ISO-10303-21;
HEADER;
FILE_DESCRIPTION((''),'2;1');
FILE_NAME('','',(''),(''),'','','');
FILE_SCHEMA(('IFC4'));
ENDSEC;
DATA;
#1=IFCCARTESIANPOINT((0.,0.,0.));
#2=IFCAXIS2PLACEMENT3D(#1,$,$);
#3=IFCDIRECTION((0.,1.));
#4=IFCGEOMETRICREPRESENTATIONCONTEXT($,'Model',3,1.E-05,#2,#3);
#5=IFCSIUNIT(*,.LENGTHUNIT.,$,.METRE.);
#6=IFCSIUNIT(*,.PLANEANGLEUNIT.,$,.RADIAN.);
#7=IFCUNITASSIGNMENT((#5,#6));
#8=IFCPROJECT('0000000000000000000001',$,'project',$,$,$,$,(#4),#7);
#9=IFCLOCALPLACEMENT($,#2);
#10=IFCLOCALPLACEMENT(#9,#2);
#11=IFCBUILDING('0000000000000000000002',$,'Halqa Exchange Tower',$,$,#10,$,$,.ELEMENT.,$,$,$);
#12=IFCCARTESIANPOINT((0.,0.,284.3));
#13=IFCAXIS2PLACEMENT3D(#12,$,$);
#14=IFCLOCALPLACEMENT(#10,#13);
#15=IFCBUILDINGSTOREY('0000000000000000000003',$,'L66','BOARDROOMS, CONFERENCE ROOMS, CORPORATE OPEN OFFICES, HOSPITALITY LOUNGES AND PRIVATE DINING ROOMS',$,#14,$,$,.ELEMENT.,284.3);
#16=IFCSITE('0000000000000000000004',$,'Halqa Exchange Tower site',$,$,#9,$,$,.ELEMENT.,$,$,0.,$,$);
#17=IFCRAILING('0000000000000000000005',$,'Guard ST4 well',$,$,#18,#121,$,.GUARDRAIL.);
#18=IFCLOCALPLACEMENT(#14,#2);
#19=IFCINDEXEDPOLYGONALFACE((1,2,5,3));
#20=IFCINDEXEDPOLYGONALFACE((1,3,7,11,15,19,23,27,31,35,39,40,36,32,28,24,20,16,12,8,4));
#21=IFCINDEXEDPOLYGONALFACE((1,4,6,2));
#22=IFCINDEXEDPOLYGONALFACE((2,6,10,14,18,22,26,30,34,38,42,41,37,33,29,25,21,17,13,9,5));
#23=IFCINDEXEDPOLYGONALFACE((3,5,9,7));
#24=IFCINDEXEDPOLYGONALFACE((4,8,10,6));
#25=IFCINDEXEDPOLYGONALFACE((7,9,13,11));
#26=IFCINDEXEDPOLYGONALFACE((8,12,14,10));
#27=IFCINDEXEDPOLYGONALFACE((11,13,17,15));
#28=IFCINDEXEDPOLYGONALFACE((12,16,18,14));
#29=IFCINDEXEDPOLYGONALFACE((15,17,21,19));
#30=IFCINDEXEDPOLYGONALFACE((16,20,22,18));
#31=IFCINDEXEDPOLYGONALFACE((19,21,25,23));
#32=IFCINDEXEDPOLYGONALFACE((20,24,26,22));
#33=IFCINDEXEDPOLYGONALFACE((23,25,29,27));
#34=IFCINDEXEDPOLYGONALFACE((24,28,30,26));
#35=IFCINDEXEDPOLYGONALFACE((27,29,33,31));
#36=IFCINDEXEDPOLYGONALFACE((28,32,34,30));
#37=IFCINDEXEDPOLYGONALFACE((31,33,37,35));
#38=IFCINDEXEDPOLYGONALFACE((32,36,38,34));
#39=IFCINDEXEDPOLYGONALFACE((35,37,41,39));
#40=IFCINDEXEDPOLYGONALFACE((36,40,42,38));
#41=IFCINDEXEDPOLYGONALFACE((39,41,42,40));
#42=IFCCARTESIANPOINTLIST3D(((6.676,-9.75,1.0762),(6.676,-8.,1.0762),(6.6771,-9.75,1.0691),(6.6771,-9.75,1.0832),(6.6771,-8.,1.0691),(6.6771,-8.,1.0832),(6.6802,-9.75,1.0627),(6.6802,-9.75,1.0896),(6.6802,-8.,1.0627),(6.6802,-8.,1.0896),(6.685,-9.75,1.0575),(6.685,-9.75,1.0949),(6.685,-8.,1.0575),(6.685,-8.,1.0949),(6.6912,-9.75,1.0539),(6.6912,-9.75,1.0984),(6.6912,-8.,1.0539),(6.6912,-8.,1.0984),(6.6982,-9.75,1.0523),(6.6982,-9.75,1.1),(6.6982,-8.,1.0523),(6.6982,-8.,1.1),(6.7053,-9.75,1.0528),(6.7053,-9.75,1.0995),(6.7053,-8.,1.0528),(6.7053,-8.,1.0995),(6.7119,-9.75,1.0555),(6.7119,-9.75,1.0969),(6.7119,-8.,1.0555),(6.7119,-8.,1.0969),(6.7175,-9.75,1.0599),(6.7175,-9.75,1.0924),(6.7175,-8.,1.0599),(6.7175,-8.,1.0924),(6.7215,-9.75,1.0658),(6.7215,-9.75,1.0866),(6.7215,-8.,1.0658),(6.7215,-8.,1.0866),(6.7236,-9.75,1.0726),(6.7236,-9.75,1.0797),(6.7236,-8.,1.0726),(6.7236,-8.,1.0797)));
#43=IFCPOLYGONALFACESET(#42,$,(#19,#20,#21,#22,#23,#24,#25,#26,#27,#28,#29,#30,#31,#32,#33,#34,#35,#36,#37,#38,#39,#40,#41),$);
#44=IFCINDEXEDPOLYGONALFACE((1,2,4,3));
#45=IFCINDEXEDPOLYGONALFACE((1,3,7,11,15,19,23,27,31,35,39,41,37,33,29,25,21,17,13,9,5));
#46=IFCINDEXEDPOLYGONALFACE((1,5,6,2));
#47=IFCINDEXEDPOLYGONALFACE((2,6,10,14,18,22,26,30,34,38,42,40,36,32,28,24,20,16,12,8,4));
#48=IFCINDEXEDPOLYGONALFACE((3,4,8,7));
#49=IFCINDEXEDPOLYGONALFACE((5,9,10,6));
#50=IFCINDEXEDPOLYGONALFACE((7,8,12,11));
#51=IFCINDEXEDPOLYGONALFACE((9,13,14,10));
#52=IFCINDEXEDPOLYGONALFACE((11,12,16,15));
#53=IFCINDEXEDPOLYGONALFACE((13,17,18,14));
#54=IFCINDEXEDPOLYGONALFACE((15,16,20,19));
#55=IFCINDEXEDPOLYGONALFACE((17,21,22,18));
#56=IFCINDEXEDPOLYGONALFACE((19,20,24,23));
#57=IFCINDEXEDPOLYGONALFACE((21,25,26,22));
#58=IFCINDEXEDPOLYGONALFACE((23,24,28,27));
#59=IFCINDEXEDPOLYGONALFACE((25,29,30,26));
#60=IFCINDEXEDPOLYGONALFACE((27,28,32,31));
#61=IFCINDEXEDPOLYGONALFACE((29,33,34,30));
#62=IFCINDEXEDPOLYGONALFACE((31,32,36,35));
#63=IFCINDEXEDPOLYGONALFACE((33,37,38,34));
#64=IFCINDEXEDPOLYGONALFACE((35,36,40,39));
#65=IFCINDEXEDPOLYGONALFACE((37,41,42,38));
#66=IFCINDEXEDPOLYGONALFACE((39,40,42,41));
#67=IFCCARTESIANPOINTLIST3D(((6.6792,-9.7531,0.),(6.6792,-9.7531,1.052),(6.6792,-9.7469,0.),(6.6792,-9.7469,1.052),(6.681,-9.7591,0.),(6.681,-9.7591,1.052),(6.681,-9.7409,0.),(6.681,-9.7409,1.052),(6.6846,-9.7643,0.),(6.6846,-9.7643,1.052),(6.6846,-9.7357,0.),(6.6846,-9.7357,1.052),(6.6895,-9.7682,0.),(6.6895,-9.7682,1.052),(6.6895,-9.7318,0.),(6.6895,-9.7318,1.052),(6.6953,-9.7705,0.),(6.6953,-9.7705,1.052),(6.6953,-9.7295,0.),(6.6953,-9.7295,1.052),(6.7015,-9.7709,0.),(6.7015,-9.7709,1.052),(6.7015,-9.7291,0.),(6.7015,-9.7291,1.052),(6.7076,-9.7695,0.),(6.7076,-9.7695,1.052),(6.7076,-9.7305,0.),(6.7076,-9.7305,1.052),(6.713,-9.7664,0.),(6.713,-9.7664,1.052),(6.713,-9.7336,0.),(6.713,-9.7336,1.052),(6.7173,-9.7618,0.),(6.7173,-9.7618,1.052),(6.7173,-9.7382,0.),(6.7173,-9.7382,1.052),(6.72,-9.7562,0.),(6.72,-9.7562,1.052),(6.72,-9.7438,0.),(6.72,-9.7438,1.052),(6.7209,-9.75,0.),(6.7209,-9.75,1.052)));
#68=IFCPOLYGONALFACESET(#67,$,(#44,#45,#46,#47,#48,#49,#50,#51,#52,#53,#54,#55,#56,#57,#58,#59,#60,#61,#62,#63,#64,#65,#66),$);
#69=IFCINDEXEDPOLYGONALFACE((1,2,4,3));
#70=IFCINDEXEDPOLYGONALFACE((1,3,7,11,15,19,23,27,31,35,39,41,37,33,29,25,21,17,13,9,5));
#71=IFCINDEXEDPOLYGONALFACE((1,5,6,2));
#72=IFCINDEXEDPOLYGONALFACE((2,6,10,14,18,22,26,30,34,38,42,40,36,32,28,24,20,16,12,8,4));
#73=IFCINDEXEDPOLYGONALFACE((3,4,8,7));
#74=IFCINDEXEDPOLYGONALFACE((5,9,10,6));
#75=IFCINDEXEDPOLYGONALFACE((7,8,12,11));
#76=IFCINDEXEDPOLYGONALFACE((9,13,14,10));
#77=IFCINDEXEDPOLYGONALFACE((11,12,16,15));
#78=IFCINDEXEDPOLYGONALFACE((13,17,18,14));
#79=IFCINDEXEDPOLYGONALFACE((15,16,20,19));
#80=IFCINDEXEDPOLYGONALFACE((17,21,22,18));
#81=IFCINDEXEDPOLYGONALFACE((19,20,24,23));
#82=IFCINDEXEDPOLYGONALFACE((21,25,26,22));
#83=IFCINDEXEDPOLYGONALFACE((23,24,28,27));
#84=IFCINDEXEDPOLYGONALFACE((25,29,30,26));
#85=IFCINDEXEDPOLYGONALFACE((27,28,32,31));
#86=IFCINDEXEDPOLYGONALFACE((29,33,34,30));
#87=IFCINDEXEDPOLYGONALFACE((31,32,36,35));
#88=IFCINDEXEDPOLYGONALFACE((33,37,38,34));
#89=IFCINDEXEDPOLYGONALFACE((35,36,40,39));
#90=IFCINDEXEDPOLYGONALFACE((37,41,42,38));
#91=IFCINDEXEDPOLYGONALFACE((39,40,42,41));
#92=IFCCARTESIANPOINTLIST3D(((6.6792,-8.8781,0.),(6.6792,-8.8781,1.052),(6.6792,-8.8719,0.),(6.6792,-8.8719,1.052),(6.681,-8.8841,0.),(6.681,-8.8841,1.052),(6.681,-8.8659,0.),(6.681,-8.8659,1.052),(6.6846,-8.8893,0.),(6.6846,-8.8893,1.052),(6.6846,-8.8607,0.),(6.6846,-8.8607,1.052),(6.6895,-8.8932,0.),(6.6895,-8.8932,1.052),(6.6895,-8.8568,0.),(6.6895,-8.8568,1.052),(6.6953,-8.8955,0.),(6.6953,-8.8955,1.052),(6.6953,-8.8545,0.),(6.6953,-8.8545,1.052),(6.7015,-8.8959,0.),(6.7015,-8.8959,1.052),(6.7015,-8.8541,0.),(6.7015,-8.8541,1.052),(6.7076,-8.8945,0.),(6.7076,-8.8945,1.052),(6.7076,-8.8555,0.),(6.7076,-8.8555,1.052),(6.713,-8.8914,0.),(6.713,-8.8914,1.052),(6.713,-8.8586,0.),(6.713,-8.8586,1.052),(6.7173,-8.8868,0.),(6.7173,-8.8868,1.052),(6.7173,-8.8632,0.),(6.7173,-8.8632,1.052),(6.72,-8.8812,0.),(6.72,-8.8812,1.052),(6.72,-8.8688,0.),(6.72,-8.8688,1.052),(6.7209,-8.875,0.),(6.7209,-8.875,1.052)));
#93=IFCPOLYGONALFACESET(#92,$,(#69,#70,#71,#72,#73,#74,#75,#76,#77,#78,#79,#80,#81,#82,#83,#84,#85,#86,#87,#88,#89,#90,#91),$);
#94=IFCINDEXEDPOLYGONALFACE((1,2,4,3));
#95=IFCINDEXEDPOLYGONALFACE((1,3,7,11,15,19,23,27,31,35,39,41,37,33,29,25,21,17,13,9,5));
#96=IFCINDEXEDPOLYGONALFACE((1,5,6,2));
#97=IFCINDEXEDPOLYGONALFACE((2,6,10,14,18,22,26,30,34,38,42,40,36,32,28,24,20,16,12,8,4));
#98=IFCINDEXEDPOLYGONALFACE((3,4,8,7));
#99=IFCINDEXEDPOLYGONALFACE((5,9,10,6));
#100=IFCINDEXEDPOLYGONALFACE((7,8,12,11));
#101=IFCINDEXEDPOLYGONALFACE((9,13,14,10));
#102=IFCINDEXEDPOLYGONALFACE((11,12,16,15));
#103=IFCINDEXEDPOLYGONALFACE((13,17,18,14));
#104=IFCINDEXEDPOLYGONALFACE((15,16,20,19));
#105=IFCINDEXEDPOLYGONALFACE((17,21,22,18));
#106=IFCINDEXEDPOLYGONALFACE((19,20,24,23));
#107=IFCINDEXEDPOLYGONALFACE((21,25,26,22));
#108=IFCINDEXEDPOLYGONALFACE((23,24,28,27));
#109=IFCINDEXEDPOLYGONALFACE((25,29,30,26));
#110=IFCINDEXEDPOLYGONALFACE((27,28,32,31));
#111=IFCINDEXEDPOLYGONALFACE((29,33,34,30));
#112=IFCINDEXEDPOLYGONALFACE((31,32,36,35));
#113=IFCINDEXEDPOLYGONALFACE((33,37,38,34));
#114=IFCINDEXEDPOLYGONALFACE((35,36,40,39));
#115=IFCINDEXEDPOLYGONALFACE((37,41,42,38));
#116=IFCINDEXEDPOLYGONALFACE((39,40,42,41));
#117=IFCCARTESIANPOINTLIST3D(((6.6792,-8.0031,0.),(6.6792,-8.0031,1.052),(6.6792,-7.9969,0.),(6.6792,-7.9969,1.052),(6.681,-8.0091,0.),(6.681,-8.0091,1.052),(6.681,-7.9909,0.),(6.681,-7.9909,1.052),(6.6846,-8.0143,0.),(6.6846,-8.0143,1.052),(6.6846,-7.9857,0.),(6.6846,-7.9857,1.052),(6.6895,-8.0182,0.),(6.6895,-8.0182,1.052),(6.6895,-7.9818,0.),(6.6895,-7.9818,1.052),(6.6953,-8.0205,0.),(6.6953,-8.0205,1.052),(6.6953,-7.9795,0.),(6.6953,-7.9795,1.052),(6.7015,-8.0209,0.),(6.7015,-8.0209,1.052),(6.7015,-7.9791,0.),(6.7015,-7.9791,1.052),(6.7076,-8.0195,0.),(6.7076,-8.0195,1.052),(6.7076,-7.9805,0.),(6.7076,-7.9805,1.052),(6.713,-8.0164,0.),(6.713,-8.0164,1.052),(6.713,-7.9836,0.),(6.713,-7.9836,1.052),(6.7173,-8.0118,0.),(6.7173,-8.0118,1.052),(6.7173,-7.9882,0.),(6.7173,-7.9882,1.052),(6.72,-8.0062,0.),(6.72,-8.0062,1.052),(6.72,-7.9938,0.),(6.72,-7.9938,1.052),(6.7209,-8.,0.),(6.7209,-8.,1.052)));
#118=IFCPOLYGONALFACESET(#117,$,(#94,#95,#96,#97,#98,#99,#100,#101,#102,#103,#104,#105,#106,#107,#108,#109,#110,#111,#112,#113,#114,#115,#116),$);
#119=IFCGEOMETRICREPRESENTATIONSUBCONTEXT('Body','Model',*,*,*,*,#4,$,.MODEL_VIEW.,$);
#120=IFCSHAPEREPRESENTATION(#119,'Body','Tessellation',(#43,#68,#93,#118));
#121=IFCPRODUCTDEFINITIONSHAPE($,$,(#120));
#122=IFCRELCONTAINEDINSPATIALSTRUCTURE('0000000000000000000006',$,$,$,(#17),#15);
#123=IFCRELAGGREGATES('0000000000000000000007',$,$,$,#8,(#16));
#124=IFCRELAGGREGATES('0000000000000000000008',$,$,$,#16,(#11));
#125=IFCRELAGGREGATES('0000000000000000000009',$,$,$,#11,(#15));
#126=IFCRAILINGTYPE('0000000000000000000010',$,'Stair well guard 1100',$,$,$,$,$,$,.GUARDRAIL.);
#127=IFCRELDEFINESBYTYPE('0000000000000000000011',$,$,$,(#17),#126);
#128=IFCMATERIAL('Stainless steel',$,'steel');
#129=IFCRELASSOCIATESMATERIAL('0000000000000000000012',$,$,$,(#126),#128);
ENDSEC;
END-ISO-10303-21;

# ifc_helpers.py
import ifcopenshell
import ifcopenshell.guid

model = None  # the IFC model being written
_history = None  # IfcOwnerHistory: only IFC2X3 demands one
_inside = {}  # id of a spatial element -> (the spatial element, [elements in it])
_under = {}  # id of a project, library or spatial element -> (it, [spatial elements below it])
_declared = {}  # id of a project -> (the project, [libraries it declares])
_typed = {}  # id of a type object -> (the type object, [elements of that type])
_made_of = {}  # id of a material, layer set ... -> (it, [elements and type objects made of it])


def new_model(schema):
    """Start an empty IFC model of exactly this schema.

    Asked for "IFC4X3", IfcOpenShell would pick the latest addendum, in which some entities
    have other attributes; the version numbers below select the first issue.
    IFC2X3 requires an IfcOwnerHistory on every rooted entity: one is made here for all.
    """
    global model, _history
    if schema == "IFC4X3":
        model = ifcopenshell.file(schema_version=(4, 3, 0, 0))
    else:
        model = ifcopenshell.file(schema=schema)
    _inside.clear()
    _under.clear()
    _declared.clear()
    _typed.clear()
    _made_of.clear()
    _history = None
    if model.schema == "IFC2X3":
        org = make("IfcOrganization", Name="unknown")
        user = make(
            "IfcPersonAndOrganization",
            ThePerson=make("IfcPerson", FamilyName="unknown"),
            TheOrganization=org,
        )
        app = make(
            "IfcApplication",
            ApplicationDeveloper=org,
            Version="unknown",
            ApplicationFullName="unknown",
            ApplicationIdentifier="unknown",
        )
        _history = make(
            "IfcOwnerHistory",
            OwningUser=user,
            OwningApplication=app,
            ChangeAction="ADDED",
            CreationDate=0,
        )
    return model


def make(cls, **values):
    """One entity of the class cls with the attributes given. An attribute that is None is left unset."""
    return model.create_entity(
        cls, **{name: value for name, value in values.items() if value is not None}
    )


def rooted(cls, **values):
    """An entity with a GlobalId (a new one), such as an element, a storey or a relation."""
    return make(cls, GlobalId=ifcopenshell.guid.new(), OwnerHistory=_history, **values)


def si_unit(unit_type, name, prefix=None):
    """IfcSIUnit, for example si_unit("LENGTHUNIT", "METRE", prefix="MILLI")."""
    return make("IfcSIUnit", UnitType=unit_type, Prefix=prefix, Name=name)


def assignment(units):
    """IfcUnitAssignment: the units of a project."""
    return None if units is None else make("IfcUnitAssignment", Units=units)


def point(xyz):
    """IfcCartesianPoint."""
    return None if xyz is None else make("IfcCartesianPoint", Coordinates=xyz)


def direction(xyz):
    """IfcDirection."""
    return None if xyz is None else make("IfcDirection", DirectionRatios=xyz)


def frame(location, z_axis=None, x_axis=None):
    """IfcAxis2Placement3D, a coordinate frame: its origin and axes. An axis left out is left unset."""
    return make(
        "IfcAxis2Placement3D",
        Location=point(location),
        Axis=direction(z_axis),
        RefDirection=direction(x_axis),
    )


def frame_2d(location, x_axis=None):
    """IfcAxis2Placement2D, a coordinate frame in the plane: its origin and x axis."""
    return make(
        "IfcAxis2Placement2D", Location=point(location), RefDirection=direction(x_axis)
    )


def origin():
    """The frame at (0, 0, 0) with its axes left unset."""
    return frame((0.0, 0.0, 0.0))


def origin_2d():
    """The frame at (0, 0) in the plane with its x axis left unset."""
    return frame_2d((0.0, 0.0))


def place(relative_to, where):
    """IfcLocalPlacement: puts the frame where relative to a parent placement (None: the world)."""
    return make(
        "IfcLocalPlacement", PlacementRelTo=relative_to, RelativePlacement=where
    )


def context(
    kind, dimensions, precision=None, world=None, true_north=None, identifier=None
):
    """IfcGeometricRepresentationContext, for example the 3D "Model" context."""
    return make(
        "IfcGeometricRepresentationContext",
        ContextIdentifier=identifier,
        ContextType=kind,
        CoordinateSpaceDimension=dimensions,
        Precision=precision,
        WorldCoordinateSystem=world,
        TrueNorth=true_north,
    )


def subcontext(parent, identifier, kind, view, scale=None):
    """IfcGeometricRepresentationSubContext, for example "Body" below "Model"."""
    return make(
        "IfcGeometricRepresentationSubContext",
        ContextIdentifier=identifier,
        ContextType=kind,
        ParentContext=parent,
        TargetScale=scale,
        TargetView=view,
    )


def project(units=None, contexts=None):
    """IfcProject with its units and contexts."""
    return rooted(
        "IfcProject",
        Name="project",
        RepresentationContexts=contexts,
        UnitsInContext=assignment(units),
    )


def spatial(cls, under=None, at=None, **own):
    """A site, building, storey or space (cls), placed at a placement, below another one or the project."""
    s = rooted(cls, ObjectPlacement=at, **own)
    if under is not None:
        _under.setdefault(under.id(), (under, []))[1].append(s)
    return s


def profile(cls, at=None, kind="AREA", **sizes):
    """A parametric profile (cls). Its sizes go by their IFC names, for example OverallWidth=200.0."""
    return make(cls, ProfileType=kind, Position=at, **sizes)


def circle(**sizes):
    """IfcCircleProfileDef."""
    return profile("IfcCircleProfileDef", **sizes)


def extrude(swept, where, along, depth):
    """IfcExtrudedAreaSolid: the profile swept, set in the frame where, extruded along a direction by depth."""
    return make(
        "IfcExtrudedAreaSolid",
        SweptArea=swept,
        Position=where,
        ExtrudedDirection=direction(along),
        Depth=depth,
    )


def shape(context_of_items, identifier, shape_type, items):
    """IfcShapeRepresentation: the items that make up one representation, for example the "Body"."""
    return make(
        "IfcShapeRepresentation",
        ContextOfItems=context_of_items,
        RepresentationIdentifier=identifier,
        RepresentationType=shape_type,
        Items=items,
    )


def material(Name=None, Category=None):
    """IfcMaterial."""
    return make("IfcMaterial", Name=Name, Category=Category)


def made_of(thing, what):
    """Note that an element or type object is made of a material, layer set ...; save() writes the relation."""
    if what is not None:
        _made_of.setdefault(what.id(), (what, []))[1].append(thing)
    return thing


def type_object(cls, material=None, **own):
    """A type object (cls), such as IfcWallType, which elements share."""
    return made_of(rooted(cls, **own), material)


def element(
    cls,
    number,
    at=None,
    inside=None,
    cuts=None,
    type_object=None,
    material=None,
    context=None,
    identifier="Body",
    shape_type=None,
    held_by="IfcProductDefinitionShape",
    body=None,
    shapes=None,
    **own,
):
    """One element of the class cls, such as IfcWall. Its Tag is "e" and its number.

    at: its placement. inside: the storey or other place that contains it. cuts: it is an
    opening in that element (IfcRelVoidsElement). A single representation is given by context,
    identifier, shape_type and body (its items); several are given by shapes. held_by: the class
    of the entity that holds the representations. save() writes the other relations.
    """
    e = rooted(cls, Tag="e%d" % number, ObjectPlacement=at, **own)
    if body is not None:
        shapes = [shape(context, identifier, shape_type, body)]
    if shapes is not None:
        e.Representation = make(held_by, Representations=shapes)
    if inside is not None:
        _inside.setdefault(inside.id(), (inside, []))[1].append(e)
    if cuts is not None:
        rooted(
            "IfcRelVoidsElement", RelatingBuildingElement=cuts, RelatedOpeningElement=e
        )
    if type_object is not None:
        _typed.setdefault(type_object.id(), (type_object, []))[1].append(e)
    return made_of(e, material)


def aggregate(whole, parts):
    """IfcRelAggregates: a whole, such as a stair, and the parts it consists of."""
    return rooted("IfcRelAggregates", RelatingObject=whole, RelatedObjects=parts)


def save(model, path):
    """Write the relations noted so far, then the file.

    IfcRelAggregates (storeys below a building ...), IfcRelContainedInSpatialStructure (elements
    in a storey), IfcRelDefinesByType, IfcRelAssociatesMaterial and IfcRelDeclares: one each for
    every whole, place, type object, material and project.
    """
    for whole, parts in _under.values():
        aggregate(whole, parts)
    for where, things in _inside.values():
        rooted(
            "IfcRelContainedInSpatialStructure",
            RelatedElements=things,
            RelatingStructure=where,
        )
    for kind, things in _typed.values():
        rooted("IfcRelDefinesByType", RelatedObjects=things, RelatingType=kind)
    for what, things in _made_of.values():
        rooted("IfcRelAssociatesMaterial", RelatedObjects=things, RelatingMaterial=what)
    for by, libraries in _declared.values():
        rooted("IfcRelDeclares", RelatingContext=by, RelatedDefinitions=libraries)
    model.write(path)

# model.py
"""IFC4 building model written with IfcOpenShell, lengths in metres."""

from ifc_helpers import new_model, si_unit, direction, frame, origin, origin_2d, place, context, subcontext, project, spatial, circle, extrude, material, type_object, element, save


model = new_model("IFC4")

# Units and contexts
model_context = context("Model", 3, precision=1e-05, world=origin(), true_north=direction((0.0, 1.0)))
body_context = subcontext(model_context, "Body", "Model", "MODEL_VIEW")
ifc_project = project(units=[si_unit("LENGTHUNIT", "METRE"), si_unit("PLANEANGLEUNIT", "RADIAN")], contexts=[model_context])

# Site, building, storey
site_placement = place(None, origin())
site = spatial("IfcSite", under=ifc_project, at=site_placement, Name="Halqa Exchange Tower site", CompositionType="ELEMENT", RefElevation=0.0)
building_placement = place(site_placement, origin())
building = spatial("IfcBuilding", under=site, at=building_placement, Name="Halqa Exchange Tower", CompositionType="ELEMENT")
storey_placement = place(building_placement, frame((0.0, 0.0, 284.3)))
storey = spatial("IfcBuildingStorey", under=building, at=storey_placement, Name="L66", Description="BOARDROOMS, CONFERENCE ROOMS, CORPORATE OPEN OFFICES, HOSPITALITY LOUNGES AND PRIVATE DINING ROOMS", CompositionType="ELEMENT", Elevation=284.3)

# Railing
ifc_material_1 = material(Name="Stainless steel", Category="steel")
railing_type_1 = type_object("IfcRailingType", Name="Stair well guard 1100", PredefinedType="GUARDRAIL", material=ifc_material_1)
railing_1_placement = place(storey_placement, frame((6.7, -9.75, 0.0)))
element("IfcRailing", 1, at=railing_1_placement, inside=storey, type_object=railing_type_1, Name="Guard ST4 well", PredefinedType="GUARDRAIL", context=body_context, shape_type="SweptSolid", body=[
    extrude(circle(Radius=0.0239, at=origin_2d()), frame((0.0, 0.0, 1.0762), z_axis=(0.0, 1.0, 0.0), x_axis=(-1.0, 0.0, 0.0)), (0.0, 0.0, 1.0), 1.75),
    extrude(circle(Radius=0.021, at=origin_2d()), origin(), (0.0, 0.0, 1.0), 1.052),
    extrude(circle(Radius=0.021, at=origin_2d()), frame((0.0, 0.875, 0.0)), (0.0, 0.0, 1.0), 1.052),
    extrude(circle(Radius=0.021, at=origin_2d()), frame((0.0, 1.75, 0.0)), (0.0, 0.0, 1.0), 1.052),
])

save(model, "model.ifc")
